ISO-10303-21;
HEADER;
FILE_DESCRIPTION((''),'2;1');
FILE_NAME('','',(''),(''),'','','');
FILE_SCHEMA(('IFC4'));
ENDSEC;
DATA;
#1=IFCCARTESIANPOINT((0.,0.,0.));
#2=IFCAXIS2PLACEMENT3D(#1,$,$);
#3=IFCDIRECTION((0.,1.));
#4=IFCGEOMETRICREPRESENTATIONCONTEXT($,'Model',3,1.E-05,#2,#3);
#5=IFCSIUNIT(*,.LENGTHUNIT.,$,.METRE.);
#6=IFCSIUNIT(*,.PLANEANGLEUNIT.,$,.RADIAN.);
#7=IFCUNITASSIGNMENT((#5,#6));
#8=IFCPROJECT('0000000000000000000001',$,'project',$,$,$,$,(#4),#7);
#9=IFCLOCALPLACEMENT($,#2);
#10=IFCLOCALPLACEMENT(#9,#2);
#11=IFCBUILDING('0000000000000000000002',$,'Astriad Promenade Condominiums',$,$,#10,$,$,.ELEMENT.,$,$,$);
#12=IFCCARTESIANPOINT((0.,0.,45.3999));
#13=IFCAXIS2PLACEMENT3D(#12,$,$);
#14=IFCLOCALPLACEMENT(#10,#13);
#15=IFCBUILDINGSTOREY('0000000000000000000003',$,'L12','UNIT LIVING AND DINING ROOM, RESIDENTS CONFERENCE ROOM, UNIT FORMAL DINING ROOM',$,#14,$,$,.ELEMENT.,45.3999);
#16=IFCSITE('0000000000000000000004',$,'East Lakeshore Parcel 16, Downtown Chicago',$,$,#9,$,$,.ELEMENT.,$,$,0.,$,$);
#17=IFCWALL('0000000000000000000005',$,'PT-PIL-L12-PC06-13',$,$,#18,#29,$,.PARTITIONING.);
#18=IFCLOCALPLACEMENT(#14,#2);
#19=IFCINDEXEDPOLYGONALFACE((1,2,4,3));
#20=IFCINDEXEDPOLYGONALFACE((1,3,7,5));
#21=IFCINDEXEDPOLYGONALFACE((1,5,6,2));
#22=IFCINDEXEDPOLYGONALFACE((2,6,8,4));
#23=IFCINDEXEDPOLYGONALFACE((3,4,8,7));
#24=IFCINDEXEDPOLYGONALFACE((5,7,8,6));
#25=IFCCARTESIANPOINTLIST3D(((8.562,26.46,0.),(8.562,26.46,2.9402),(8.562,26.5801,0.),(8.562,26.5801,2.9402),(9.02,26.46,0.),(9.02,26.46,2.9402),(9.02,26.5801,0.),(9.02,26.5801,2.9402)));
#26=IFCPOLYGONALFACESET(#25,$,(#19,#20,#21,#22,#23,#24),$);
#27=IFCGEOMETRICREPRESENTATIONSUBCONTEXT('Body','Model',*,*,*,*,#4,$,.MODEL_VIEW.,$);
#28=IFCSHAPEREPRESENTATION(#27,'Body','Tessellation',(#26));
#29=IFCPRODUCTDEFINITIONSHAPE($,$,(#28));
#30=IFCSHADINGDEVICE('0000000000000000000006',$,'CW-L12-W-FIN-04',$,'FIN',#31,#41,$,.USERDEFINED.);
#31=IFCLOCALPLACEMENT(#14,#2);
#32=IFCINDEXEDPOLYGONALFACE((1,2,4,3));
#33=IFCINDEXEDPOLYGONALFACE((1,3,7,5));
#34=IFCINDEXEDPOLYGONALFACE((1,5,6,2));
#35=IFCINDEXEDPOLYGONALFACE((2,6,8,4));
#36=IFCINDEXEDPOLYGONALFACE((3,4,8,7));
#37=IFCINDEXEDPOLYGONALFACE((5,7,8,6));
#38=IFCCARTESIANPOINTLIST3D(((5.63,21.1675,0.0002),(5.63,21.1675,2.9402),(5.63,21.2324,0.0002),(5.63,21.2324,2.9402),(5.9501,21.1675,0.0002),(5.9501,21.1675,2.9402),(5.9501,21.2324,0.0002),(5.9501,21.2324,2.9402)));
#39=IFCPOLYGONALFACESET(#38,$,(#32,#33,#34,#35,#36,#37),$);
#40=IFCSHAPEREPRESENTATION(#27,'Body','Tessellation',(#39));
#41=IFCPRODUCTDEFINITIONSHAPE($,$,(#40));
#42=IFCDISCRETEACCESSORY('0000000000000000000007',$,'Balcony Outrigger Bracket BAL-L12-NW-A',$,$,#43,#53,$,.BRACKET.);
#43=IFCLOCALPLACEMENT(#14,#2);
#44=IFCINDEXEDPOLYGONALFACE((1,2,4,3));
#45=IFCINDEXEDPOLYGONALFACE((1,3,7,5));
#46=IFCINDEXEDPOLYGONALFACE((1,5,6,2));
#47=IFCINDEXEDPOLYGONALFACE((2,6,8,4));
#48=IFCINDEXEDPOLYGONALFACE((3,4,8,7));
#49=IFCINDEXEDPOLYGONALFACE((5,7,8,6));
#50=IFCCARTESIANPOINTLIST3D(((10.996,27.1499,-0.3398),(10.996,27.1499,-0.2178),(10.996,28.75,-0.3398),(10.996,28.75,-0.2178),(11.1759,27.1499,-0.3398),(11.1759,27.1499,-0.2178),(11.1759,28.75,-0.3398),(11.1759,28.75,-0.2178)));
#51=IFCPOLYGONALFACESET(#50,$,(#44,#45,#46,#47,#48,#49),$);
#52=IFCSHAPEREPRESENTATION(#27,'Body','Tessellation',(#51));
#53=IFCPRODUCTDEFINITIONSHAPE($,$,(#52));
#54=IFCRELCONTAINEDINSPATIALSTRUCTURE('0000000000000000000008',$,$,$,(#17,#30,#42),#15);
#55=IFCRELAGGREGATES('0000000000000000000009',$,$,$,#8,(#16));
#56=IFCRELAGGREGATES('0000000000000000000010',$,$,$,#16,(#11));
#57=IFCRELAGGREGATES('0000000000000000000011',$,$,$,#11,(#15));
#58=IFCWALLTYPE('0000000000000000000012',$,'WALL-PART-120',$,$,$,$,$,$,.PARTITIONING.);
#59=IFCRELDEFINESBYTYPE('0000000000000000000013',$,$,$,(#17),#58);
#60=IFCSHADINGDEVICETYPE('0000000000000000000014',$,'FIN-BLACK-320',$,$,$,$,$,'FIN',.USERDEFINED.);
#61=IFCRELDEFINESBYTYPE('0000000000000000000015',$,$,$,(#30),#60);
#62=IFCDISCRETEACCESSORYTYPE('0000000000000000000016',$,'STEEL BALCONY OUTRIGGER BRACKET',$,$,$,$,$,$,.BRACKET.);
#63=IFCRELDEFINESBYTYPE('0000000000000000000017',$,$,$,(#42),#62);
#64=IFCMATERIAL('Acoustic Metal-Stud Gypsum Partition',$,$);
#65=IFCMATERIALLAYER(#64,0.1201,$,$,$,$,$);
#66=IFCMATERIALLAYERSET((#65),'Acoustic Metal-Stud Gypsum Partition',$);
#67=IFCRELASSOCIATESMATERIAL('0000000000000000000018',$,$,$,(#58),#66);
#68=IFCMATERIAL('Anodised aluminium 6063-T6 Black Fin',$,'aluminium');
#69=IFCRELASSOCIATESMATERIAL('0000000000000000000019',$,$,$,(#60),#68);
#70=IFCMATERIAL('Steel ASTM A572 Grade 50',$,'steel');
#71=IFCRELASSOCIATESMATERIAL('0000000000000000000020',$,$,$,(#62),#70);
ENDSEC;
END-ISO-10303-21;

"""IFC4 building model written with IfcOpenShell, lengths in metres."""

from ifc_helpers import new_model, si_unit, direction, frame, frame_2d, origin, origin_2d, place, context, subcontext, project, spatial, rectangle, extrude, source, transform, mapped, material, layer, layer_set, type_object, type_shapes, element, save


model = new_model("IFC4")

# Units and contexts
model_context = context("Model", 3, precision=1e-05, world=origin(), true_north=direction((0.0, 1.0)))
body_context = subcontext(model_context, "Body", "Model", "MODEL_VIEW")
ifc_project = project(units=[si_unit("LENGTHUNIT", "METRE"), si_unit("PLANEANGLEUNIT", "RADIAN")], contexts=[model_context])

# Site, building, storey
site_placement = place(None, origin())
site = spatial("IfcSite", under=ifc_project, at=site_placement, Name="East Lakeshore Parcel 16, Downtown Chicago", CompositionType="ELEMENT", RefElevation=0.0)
building_placement = place(site_placement, origin())
building = spatial("IfcBuilding", under=site, at=building_placement, Name="Astriad Promenade Condominiums", CompositionType="ELEMENT")
storey_placement = place(building_placement, frame((0.0, 0.0, 45.3999)))
storey = spatial("IfcBuildingStorey", under=building, at=storey_placement, Name="L12", Description="UNIT LIVING AND DINING ROOM, RESIDENTS CONFERENCE ROOM, UNIT FORMAL DINING ROOM", CompositionType="ELEMENT", Elevation=45.3999)

# Shared definitions
ifc_material_1 = material(Name="Acoustic Metal-Stud Gypsum Partition")
ifc_layer_1 = layer(ifc_material_1, 0.1201)
ifc_layer_set_1 = layer_set([ifc_layer_1], Name="Acoustic Metal-Stud Gypsum Partition")
wall_type_1 = type_object("IfcWallType", Name="WALL-PART-120", PredefinedType="PARTITIONING", material=ifc_layer_set_1)

# Wall
wall_1_placement = place(storey_placement, frame((9.02, 26.52, 0.0), z_axis=(0.0, 0.0, 1.0), x_axis=(-1.0, 0.0, 0.0)))
element("IfcWall", 1, at=wall_1_placement, inside=storey, type_object=wall_type_1, Name="PT-PIL-L12-PC06-13", PredefinedType="PARTITIONING", context=body_context, shape_type="SweptSolid", body=[
    extrude(rectangle(XDim=0.458, YDim=0.1201, at=frame_2d((0.229, 0.0))), origin(), (0.0, 0.0, 1.0), 2.9402),
])

# Shading device
ifc_material_2 = material(Name="Anodised aluminium 6063-T6 Black Fin", Category="aluminium")
shading_device_type = type_object("IfcShadingDeviceType", Name="FIN-BLACK-320", ElementType="FIN", PredefinedType="USERDEFINED", material=ifc_material_2)
shared_shape_1 = source(origin(), body_context, "Body", "SweptSolid", [
    extrude(rectangle(XDim=0.0649, YDim=0.3201, at=origin_2d()), origin(), (0.0, 0.0, 1.0), 2.9399),
])
type_shapes(shading_device_type, [shared_shape_1])
shading_device_placement = place(storey_placement, frame((5.79, 21.2, 0.0002), z_axis=(0.0, 0.0, 1.0), x_axis=(0.0, 1.0, 0.0)))
element("IfcShadingDevice", 2, at=shading_device_placement, inside=storey, type_object=shading_device_type, Name="CW-L12-W-FIN-04", ObjectType="FIN", PredefinedType="USERDEFINED", context=body_context, shape_type="MappedRepresentation", body=[
    mapped(shared_shape_1, transform((0.0, 0.0, 0.0), scale=1.0)),
])

# Discrete accessory
ifc_material_3 = material(Name="Steel ASTM A572 Grade 50", Category="steel")
discrete_accessory_type = type_object("IfcDiscreteAccessoryType", Name="STEEL BALCONY OUTRIGGER BRACKET", PredefinedType="BRACKET", material=ifc_material_3)
shared_shape_2 = source(origin(), body_context, "Body", "SweptSolid", [
    extrude(rectangle(XDim=1.6001, YDim=0.1799, at=origin_2d()), origin(), (0.0, 0.0, 1.0), 0.1221),
])
type_shapes(discrete_accessory_type, [shared_shape_2])
discrete_accessory_placement = place(storey_placement, frame((11.0859, 27.95, -0.3398), z_axis=(0.0, 0.0, 1.0), x_axis=(0.0, 1.0, 0.0)))
element("IfcDiscreteAccessory", 3, at=discrete_accessory_placement, inside=storey, type_object=discrete_accessory_type, Name="Balcony Outrigger Bracket BAL-L12-NW-A", PredefinedType="BRACKET", context=body_context, shape_type="MappedRepresentation", body=[
    mapped(shared_shape_2, transform((0.0, 0.0, 0.0), scale=1.0)),
])

save(model, "model.ifc")
